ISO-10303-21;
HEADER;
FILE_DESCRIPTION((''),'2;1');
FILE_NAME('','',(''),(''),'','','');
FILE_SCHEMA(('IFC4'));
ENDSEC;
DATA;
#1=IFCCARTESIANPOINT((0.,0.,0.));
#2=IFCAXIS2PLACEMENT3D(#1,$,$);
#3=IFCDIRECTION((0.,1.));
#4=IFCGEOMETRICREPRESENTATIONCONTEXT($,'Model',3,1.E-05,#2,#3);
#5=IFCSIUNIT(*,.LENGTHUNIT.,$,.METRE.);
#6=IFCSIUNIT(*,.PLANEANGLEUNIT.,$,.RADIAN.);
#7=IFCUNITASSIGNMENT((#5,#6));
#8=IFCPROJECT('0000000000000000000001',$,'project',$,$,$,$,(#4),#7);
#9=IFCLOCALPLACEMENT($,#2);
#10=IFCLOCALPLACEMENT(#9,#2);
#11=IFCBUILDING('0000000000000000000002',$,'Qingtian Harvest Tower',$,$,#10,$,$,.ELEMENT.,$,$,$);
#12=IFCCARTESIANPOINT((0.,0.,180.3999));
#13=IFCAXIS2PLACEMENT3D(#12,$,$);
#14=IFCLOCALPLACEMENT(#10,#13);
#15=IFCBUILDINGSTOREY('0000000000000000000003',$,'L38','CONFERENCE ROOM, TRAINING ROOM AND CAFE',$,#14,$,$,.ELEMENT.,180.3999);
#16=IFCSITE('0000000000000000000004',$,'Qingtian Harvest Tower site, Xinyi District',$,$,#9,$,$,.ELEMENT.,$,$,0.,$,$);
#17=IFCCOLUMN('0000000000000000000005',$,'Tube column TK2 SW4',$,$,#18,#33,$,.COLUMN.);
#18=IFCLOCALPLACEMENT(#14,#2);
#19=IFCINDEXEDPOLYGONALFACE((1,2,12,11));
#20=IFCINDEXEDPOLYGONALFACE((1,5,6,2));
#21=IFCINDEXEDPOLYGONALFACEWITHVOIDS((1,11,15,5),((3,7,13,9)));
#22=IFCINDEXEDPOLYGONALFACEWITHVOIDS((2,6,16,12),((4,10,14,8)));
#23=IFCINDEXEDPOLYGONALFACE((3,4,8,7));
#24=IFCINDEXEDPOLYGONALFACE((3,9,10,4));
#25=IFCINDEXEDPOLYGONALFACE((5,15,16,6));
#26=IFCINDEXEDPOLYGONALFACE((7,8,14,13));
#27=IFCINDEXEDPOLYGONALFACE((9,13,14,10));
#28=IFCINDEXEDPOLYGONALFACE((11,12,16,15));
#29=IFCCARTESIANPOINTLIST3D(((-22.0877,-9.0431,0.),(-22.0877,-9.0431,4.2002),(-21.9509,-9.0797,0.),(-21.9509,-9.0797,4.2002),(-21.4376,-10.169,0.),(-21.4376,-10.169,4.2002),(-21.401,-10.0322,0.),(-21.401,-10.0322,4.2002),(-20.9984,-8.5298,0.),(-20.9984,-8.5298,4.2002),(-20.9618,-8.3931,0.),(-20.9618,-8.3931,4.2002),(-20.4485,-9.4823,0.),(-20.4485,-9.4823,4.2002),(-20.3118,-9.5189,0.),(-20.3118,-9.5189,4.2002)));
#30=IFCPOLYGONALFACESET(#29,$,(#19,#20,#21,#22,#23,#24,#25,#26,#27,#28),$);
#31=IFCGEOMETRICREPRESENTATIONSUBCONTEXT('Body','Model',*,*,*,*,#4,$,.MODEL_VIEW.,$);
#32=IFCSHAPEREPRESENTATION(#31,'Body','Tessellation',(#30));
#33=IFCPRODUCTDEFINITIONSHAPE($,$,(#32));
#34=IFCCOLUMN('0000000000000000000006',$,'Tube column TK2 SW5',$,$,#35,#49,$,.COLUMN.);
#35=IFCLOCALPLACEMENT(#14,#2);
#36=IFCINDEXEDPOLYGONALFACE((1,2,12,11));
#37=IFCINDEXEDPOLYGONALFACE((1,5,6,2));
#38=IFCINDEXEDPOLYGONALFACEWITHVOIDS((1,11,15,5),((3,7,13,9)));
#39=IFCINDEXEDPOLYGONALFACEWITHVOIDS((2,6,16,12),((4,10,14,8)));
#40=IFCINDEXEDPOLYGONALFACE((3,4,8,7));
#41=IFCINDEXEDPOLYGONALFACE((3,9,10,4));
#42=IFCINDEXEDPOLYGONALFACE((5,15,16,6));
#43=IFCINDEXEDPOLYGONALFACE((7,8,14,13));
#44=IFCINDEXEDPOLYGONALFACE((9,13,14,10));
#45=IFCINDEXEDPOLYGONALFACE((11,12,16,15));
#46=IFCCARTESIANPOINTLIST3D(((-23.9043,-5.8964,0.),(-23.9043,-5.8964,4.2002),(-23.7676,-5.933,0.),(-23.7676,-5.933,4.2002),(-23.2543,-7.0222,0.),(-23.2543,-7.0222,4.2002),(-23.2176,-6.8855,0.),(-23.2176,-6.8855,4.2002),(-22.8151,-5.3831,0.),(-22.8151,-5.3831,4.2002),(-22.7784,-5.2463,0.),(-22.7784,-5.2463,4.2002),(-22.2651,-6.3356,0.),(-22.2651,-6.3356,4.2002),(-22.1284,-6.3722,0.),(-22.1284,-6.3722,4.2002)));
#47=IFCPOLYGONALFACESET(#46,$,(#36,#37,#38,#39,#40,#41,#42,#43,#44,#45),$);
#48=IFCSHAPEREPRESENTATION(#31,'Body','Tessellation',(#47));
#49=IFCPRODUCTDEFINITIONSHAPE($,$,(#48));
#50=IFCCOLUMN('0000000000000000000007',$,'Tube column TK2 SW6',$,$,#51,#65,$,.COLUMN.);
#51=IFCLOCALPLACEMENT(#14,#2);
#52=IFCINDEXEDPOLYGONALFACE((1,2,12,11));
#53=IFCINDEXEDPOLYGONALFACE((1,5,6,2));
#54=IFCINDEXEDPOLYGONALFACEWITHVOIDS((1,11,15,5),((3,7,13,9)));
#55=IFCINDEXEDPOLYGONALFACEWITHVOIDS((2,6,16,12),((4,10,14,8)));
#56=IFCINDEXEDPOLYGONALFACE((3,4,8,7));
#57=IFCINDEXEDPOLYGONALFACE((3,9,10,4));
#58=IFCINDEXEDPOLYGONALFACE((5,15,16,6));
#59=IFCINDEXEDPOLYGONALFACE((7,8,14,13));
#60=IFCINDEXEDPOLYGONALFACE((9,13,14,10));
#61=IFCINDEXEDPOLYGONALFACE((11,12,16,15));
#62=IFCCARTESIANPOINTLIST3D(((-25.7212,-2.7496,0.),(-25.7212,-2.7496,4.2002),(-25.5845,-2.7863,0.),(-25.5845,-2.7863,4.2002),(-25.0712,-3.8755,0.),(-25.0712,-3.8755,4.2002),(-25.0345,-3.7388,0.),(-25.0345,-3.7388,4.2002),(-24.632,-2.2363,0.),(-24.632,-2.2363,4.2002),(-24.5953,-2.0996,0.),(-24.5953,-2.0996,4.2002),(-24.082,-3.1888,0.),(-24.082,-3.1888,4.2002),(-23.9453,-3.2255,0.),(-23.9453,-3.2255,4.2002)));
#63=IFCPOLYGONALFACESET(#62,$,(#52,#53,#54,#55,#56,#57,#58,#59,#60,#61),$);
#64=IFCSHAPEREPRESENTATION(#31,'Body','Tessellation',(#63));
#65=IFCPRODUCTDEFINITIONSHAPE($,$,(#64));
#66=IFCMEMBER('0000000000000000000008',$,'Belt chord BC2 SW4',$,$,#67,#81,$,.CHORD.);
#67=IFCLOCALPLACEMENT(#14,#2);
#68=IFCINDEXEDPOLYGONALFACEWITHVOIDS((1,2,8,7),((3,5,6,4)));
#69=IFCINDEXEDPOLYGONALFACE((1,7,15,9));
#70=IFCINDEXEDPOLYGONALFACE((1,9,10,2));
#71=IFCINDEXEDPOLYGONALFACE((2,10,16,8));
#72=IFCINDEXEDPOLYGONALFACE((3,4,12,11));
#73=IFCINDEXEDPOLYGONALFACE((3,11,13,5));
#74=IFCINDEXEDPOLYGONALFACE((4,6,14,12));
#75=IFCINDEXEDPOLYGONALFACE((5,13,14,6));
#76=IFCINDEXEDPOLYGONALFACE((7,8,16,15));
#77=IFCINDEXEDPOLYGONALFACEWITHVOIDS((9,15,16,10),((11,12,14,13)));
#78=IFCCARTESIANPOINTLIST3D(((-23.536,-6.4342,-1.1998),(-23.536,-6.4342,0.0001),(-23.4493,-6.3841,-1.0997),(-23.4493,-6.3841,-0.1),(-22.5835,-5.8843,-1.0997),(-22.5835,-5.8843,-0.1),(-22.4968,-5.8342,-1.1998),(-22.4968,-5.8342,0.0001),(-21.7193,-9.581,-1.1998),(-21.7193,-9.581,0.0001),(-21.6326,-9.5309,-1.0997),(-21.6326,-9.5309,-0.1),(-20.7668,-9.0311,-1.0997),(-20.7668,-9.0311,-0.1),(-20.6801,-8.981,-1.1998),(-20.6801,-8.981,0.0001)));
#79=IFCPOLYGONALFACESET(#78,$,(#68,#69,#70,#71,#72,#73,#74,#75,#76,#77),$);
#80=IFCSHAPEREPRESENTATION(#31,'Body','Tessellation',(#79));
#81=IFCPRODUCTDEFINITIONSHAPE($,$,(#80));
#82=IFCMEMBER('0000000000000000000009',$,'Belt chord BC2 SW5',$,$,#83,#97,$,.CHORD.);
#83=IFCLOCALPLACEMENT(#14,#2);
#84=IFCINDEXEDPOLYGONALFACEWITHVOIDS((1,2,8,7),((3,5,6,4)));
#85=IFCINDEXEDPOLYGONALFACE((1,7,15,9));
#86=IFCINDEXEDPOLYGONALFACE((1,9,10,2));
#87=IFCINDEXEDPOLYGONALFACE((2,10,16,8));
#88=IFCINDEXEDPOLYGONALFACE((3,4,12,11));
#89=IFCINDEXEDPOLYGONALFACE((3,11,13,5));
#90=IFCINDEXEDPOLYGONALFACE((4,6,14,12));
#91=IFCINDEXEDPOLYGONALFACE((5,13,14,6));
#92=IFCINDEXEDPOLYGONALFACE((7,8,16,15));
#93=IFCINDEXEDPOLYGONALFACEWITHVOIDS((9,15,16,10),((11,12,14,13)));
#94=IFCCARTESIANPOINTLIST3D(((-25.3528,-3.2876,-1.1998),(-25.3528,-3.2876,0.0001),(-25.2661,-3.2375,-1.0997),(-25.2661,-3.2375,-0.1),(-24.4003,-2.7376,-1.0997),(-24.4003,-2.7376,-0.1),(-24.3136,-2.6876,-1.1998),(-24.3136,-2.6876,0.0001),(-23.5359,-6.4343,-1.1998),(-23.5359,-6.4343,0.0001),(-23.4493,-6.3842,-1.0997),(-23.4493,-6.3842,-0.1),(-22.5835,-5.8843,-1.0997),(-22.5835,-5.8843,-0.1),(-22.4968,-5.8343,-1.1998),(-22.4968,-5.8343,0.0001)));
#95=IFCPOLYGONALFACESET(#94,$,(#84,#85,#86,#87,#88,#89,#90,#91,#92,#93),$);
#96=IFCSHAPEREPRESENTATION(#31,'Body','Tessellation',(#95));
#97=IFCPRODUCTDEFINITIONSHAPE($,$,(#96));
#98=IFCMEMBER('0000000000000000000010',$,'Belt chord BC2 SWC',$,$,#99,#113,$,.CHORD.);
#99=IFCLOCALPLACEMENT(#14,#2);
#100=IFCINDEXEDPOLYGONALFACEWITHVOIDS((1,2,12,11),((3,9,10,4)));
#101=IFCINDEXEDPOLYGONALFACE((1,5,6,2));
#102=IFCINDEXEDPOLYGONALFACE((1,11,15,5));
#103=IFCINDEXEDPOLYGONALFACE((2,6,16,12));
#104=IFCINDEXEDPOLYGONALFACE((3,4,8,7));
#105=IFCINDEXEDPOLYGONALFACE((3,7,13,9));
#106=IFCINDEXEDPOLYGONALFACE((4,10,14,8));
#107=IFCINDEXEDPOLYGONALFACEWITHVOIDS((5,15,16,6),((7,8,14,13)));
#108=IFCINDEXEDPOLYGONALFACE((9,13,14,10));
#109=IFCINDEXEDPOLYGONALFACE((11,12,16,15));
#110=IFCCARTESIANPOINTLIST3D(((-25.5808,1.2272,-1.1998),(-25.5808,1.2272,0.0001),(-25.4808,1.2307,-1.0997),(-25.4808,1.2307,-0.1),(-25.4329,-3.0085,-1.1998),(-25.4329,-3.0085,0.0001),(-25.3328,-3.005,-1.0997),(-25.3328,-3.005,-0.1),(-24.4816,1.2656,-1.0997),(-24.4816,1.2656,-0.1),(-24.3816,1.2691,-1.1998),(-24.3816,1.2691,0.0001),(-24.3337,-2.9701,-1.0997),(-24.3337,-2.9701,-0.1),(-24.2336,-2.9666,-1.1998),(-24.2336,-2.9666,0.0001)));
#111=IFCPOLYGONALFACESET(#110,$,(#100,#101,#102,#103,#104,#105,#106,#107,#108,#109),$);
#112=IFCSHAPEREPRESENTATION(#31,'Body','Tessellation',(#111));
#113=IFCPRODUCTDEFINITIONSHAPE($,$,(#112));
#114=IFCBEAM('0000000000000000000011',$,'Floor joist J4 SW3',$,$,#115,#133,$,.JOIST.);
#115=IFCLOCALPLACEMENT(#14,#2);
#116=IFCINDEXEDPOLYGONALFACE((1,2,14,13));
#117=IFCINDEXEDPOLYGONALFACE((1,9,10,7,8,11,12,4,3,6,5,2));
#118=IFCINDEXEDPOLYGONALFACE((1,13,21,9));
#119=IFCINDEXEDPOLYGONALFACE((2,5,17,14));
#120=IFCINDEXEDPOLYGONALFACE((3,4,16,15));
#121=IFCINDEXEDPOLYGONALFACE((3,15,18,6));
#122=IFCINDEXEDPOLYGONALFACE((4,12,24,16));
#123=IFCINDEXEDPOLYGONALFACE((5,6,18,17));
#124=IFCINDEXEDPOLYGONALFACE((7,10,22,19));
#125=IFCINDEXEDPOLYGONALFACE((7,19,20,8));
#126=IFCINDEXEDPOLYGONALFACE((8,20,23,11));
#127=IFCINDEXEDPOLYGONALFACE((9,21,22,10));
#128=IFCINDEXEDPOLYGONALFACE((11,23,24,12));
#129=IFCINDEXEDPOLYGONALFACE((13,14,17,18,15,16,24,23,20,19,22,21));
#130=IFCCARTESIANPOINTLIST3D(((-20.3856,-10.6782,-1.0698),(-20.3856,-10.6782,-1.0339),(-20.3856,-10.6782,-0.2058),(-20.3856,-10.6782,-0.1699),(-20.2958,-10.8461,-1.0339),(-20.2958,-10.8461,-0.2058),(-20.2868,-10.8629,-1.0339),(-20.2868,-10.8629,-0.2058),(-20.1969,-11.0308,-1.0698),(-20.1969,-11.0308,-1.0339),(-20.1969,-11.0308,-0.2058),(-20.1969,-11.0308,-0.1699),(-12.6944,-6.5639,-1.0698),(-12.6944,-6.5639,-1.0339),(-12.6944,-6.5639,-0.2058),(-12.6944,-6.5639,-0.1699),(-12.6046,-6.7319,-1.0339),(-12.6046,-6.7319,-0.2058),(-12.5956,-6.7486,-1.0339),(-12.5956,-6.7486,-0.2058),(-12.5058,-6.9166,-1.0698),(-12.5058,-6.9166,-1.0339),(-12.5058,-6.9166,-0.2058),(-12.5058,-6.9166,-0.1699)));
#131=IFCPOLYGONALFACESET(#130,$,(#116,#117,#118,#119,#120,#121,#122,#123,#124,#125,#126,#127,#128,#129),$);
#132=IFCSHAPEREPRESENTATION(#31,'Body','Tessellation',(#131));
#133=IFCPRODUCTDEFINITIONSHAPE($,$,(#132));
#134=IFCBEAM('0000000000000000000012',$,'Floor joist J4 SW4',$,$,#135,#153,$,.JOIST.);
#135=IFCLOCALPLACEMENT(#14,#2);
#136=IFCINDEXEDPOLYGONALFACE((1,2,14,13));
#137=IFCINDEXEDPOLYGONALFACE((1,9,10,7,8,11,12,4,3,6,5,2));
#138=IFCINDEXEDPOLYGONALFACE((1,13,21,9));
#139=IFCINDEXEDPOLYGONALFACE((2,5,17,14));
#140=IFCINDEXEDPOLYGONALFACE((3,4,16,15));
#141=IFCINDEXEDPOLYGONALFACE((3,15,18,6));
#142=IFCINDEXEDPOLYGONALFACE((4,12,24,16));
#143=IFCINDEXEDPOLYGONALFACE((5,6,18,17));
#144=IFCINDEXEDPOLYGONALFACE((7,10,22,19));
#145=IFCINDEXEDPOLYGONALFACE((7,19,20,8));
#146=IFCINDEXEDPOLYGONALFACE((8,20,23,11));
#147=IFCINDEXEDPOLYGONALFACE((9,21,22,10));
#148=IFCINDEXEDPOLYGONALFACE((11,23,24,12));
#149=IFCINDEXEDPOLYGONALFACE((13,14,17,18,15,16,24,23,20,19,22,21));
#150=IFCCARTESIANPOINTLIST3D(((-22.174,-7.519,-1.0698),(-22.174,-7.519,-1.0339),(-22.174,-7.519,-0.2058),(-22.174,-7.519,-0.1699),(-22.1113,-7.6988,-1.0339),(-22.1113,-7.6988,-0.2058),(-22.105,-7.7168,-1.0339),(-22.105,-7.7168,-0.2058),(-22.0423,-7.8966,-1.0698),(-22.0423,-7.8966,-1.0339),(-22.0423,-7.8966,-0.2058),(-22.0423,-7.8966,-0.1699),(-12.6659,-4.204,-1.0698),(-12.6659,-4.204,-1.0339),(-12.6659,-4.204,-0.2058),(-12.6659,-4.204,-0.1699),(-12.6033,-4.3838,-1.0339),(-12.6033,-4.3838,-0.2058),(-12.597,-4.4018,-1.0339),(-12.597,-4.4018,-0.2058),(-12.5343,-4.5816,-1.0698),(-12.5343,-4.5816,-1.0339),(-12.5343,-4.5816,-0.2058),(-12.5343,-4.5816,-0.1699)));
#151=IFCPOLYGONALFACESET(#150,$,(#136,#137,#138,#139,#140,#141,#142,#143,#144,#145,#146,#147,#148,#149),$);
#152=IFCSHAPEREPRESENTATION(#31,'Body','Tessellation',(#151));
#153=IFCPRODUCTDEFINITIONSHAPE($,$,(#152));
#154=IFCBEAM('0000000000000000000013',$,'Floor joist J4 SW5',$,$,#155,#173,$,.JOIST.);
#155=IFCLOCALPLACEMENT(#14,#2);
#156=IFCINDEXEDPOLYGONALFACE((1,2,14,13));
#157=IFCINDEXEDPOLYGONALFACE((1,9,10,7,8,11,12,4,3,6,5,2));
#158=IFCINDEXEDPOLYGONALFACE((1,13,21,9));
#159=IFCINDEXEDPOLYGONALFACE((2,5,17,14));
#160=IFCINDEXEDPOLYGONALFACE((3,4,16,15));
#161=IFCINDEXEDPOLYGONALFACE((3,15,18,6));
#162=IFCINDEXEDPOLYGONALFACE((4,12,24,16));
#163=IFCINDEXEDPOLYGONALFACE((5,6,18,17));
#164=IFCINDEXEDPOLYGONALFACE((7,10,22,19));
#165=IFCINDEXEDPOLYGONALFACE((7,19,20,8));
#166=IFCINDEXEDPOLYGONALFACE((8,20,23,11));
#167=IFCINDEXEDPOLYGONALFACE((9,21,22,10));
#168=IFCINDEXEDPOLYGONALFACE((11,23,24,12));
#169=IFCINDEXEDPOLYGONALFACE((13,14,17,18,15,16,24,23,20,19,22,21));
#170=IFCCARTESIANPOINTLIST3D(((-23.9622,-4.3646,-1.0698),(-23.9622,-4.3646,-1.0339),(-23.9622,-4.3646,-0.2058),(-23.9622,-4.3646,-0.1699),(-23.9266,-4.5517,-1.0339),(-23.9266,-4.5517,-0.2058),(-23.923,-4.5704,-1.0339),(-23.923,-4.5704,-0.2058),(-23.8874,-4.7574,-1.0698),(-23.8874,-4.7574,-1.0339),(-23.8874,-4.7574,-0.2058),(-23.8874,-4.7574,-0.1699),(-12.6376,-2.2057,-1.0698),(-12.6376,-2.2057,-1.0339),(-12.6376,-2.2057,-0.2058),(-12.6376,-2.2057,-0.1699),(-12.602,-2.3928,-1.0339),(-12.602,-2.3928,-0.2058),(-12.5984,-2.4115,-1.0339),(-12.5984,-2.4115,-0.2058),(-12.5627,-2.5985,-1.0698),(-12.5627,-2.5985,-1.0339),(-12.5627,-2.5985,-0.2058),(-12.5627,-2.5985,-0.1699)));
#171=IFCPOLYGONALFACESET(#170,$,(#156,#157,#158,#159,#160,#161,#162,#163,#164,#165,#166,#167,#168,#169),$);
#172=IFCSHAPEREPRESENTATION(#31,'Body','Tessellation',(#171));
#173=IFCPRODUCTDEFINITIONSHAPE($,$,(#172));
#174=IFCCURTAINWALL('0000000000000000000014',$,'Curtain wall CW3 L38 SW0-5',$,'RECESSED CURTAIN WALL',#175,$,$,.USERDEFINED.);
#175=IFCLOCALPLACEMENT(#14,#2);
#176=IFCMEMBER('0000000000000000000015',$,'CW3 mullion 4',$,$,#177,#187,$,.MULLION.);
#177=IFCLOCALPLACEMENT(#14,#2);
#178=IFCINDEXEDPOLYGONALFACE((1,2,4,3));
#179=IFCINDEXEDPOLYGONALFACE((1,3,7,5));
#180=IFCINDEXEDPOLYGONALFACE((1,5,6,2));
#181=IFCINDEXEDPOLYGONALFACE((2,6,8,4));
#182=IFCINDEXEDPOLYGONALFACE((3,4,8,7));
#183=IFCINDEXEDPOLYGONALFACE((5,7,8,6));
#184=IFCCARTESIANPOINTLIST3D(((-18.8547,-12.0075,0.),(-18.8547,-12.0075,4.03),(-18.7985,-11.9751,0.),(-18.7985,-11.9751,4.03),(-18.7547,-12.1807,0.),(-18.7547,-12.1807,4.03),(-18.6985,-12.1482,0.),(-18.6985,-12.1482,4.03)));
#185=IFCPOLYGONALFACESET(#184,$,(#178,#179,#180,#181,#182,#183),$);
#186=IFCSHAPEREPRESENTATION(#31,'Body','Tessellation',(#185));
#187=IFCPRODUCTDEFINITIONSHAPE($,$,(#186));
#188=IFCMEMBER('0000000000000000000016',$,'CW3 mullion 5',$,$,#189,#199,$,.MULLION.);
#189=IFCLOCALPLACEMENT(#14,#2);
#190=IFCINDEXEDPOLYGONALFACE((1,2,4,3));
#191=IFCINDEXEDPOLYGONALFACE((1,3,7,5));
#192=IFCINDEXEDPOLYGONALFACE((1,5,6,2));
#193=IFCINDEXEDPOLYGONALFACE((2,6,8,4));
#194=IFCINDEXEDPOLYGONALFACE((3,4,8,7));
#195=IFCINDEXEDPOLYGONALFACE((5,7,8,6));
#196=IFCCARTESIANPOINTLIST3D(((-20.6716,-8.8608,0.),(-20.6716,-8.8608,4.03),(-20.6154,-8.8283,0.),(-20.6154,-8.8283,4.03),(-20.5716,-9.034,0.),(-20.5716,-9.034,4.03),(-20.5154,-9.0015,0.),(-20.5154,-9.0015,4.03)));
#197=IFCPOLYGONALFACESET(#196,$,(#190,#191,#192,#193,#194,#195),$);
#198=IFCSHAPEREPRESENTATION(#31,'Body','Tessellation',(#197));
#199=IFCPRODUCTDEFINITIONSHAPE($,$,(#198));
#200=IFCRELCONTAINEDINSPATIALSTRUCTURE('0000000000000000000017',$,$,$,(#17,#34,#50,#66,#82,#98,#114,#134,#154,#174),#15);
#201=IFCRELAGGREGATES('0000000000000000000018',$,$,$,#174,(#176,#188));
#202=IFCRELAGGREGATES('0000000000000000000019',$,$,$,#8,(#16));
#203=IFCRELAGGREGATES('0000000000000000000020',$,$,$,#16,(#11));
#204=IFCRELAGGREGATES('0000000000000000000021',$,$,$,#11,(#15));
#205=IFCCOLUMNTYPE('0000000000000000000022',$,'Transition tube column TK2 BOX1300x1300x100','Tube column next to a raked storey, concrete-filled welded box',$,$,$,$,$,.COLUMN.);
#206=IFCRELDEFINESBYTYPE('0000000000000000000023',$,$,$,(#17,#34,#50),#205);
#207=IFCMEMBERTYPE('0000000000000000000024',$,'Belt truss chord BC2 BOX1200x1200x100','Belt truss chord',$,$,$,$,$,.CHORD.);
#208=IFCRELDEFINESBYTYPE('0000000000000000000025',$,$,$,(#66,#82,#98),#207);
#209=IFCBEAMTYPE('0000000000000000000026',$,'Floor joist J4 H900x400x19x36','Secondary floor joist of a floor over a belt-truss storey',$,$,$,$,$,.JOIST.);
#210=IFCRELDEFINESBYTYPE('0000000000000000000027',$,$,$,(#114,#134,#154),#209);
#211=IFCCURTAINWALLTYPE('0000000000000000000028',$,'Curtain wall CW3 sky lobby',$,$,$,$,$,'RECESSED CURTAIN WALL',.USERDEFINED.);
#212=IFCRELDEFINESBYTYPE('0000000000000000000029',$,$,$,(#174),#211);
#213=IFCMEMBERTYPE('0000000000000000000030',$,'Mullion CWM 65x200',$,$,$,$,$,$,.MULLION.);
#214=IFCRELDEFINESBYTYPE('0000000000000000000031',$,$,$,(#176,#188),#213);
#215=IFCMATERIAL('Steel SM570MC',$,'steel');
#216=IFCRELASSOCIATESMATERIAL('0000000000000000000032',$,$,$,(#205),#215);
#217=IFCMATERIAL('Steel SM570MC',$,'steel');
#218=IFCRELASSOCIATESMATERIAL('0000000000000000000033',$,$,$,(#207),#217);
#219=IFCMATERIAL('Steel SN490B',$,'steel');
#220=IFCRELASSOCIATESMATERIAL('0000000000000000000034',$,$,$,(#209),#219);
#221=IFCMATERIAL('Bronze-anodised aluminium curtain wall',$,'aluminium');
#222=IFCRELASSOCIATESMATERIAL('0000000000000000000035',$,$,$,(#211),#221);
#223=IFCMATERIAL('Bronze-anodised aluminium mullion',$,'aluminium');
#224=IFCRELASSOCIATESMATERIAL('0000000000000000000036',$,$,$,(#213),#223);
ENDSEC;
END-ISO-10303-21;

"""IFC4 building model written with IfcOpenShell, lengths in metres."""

from ifc_helpers import new_model, si_unit, direction, frame, origin, origin_2d, place, context, subcontext, project, spatial, rectangle, hollow_rectangle, i_section, extrude, material, material_profile, profile_set, type_object, element, aggregate, save


model = new_model("IFC4")

# Units and contexts
model_context = context("Model", 3, precision=1e-05, world=origin(), true_north=direction((0.0, 1.0)))
body_context = subcontext(model_context, "Body", "Model", "MODEL_VIEW")
ifc_project = project(units=[si_unit("LENGTHUNIT", "METRE"), si_unit("PLANEANGLEUNIT", "RADIAN")], contexts=[model_context])

# Site, building, storey
site_placement = place(None, origin())
site = spatial("IfcSite", under=ifc_project, at=site_placement, Name="Qingtian Harvest Tower site, Xinyi District", CompositionType="ELEMENT", RefElevation=0.0)
building_placement = place(site_placement, origin())
building = spatial("IfcBuilding", under=site, at=building_placement, Name="Qingtian Harvest Tower", CompositionType="ELEMENT")
storey_placement = place(building_placement, frame((0.0, 0.0, 180.3999)))
storey = spatial("IfcBuildingStorey", under=building, at=storey_placement, Name="L38", Description="CONFERENCE ROOM, TRAINING ROOM AND CAFE", CompositionType="ELEMENT", Elevation=180.3999)

# Columns
ifc_material_1 = material(Name="Steel SM570MC", Category="steel")
ifc_material_profile_1 = material_profile(ifc_material_1, hollow_rectangle(XDim=1.3, YDim=1.3, WallThickness=0.1001, at=origin_2d()), Name="BOX1300x1300x100")
ifc_profile_set_1 = profile_set([ifc_material_profile_1], Name="Steel SM570MC")
column_type = type_object("IfcColumnType", Name="Transition tube column TK2 BOX1300x1300x100", Description="Tube column next to a raked storey, concrete-filled welded box", PredefinedType="COLUMN", material=ifc_profile_set_1)
for number, where, z_axis, x_axis, name in (
    (1, (-21.1997, -9.281, 0.0), (0.0, 0.0, 1.0), (0.5, -0.866025, 0.0), "Tube column TK2 SW4"),
    (2, (-23.0164, -6.1343, 0.0), (0.0, 0.0, 1.0), (0.5, -0.866025, 0.0), "Tube column TK2 SW5"),
    (3, (-24.8333, -2.9875, 0.0), (0.0, 0.0, 1.0), (0.5, -0.866025, 0.0), "Tube column TK2 SW6"),
):
    element("IfcColumn", number, at=place(storey_placement, frame(where, z_axis=z_axis, x_axis=x_axis)), inside=storey, type_object=column_type, Name=name, PredefinedType="COLUMN", context=body_context, shape_type="SweptSolid", body=[
        extrude(hollow_rectangle(XDim=1.3, YDim=1.3, WallThickness=0.1001, at=origin_2d()), origin(), (0.0, 0.0, 1.0), 4.2002),
    ])

# Members
ifc_material_2 = material(Name="Steel SM570MC", Category="steel")
ifc_material_profile_2 = material_profile(ifc_material_2, hollow_rectangle(XDim=1.2, YDim=1.2, WallThickness=0.1001, at=origin_2d()), Name="BOX1200x1200x100")
ifc_profile_set_2 = profile_set([ifc_material_profile_2], Name="Steel SM570MC")
member_type_1 = type_object("IfcMemberType", Name="Belt truss chord BC2 BOX1200x1200x100", Description="Belt truss chord", PredefinedType="CHORD", material=ifc_profile_set_2)
for number, where, z_axis, x_axis, name in (
    (4, (-21.1997, -9.281, -0.5999), (-0.499976, 0.866039, 0.0), (-0.866039, -0.499976, 0.0), "Belt chord BC2 SW4"),
    (5, (-23.0164, -6.1343, -0.5999), (-0.500027, 0.86601, 0.0), (-0.86601, -0.500027, 0.0), "Belt chord BC2 SW5"),
):
    element("IfcMember", number, at=place(storey_placement, frame(where, z_axis=z_axis, x_axis=x_axis)), inside=storey, type_object=member_type_1, Name=name, PredefinedType="CHORD", context=body_context, shape_type="SweptSolid", body=[
        extrude(hollow_rectangle(XDim=1.2, YDim=1.2, WallThickness=0.1001, at=origin_2d()), origin(), (0.0, 0.0, 1.0), 3.6335),
    ])
member_1_placement = place(storey_placement, frame((-24.8333, -2.9875, -0.5999), z_axis=(-0.034909, 0.999391, 0.0), x_axis=(-0.999391, -0.034909, 0.0)))
element("IfcMember", 6, at=member_1_placement, inside=storey, type_object=member_type_1, Name="Belt chord BC2 SWC", PredefinedType="CHORD", context=body_context, shape_type="SweptSolid", body=[
    extrude(hollow_rectangle(XDim=1.2, YDim=1.2, WallThickness=0.1001, at=origin_2d()), origin(), (0.0, 0.0, 1.0), 4.2383),
])

# Beams
ifc_material_3 = material(Name="Steel SN490B", Category="steel")
ifc_material_profile_3 = material_profile(ifc_material_3, i_section(OverallWidth=0.3999, OverallDepth=0.8999, WebThickness=0.019, FlangeThickness=0.0359, at=origin_2d()), Name="H900x400x19x36")
ifc_profile_set_3 = profile_set([ifc_material_profile_3], Name="Steel SN490B")
beam_type_1 = type_object("IfcBeamType", Name="Floor joist J4 H900x400x19x36", Description="Secondary floor joist of a floor over a belt-truss storey", PredefinedType="JOIST", material=ifc_profile_set_3)
beam_1_placement = place(storey_placement, frame((-20.2913, -10.8545, -0.6199), z_axis=(0.881767, 0.471686, 0.0), x_axis=(-0.471686, 0.881767, 0.0)))
element("IfcBeam", 7, at=beam_1_placement, inside=storey, type_object=beam_type_1, Name="Floor joist J4 SW3", PredefinedType="JOIST", context=body_context, shape_type="SweptSolid", body=[
    extrude(i_section(OverallWidth=0.3999, OverallDepth=0.8999, WebThickness=0.019, FlangeThickness=0.0359, at=origin_2d()), origin(), (0.0, 0.0, 1.0), 8.7224),
])
beam_2_placement = place(storey_placement, frame((-22.1082, -7.7078, -0.6199), z_axis=(0.944256, 0.329211, 0.0), x_axis=(-0.329211, 0.944256, 0.0)))
element("IfcBeam", 8, at=beam_2_placement, inside=storey, type_object=beam_type_1, Name="Floor joist J4 SW4", PredefinedType="JOIST", context=body_context, shape_type="SweptSolid", body=[
    extrude(i_section(OverallWidth=0.3999, OverallDepth=0.8999, WebThickness=0.019, FlangeThickness=0.0359, at=origin_2d()), origin(), (0.0, 0.0, 1.0), 10.0693),
])
beam_3_placement = place(storey_placement, frame((-23.9248, -4.561, -0.6199), z_axis=(0.982309, 0.187267, 0.0), x_axis=(-0.187267, 0.982309, 0.0)))
element("IfcBeam", 9, at=beam_3_placement, inside=storey, type_object=beam_type_1, Name="Floor joist J4 SW5", PredefinedType="JOIST", context=body_context, shape_type="SweptSolid", body=[
    extrude(i_section(OverallWidth=0.3999, OverallDepth=0.8999, WebThickness=0.019, FlangeThickness=0.0359, at=origin_2d()), origin(), (0.0, 0.0, 1.0), 11.5286),
])

# Curtain wall, members
ifc_material_4 = material(Name="Bronze-anodised aluminium curtain wall", Category="aluminium")
curtain_wall_type = type_object("IfcCurtainWallType", Name="Curtain wall CW3 sky lobby", ElementType="RECESSED CURTAIN WALL", PredefinedType="USERDEFINED", material=ifc_material_4)
curtain_wall_1_placement = place(storey_placement, origin())
curtain_wall_1 = element("IfcCurtainWall", 10, at=curtain_wall_1_placement, inside=storey, type_object=curtain_wall_type, Name="Curtain wall CW3 L38 SW0-5", ObjectType="RECESSED CURTAIN WALL", PredefinedType="USERDEFINED")
ifc_material_5 = material(Name="Bronze-anodised aluminium mullion", Category="aluminium")
ifc_material_profile_4 = material_profile(ifc_material_5, rectangle(XDim=0.0649, YDim=0.2, at=origin_2d()), Name="AL 65x200")
ifc_profile_set_4 = profile_set([ifc_material_profile_4], Name="Bronze-anodised aluminium mullion")
member_type_2 = type_object("IfcMemberType", Name="Mullion CWM 65x200", PredefinedType="MULLION", material=ifc_profile_set_4)
member_2_placement = place(storey_placement, frame((-18.7766, -12.0779, 0.0), z_axis=(0.0, 0.0, 1.0), x_axis=(-0.866025, -0.5, 0.0)))
member_2 = element("IfcMember", 11, at=member_2_placement, type_object=member_type_2, Name="CW3 mullion 4", PredefinedType="MULLION", context=body_context, shape_type="SweptSolid", body=[
    extrude(rectangle(XDim=0.0649, YDim=0.2, at=origin_2d()), origin(), (0.0, 0.0, 1.0), 4.03),
])
member_3_placement = place(storey_placement, frame((-20.5935, -8.9312, 0.0), z_axis=(0.0, 0.0, 1.0), x_axis=(-0.866025, -0.5, 0.0)))
member_3 = element("IfcMember", 12, at=member_3_placement, type_object=member_type_2, Name="CW3 mullion 5", PredefinedType="MULLION", context=body_context, shape_type="SweptSolid", body=[
    extrude(rectangle(XDim=0.0649, YDim=0.2, at=origin_2d()), origin(), (0.0, 0.0, 1.0), 4.03),
])

aggregate(curtain_wall_1, [member_2, member_3])

save(model, "model.ifc")
